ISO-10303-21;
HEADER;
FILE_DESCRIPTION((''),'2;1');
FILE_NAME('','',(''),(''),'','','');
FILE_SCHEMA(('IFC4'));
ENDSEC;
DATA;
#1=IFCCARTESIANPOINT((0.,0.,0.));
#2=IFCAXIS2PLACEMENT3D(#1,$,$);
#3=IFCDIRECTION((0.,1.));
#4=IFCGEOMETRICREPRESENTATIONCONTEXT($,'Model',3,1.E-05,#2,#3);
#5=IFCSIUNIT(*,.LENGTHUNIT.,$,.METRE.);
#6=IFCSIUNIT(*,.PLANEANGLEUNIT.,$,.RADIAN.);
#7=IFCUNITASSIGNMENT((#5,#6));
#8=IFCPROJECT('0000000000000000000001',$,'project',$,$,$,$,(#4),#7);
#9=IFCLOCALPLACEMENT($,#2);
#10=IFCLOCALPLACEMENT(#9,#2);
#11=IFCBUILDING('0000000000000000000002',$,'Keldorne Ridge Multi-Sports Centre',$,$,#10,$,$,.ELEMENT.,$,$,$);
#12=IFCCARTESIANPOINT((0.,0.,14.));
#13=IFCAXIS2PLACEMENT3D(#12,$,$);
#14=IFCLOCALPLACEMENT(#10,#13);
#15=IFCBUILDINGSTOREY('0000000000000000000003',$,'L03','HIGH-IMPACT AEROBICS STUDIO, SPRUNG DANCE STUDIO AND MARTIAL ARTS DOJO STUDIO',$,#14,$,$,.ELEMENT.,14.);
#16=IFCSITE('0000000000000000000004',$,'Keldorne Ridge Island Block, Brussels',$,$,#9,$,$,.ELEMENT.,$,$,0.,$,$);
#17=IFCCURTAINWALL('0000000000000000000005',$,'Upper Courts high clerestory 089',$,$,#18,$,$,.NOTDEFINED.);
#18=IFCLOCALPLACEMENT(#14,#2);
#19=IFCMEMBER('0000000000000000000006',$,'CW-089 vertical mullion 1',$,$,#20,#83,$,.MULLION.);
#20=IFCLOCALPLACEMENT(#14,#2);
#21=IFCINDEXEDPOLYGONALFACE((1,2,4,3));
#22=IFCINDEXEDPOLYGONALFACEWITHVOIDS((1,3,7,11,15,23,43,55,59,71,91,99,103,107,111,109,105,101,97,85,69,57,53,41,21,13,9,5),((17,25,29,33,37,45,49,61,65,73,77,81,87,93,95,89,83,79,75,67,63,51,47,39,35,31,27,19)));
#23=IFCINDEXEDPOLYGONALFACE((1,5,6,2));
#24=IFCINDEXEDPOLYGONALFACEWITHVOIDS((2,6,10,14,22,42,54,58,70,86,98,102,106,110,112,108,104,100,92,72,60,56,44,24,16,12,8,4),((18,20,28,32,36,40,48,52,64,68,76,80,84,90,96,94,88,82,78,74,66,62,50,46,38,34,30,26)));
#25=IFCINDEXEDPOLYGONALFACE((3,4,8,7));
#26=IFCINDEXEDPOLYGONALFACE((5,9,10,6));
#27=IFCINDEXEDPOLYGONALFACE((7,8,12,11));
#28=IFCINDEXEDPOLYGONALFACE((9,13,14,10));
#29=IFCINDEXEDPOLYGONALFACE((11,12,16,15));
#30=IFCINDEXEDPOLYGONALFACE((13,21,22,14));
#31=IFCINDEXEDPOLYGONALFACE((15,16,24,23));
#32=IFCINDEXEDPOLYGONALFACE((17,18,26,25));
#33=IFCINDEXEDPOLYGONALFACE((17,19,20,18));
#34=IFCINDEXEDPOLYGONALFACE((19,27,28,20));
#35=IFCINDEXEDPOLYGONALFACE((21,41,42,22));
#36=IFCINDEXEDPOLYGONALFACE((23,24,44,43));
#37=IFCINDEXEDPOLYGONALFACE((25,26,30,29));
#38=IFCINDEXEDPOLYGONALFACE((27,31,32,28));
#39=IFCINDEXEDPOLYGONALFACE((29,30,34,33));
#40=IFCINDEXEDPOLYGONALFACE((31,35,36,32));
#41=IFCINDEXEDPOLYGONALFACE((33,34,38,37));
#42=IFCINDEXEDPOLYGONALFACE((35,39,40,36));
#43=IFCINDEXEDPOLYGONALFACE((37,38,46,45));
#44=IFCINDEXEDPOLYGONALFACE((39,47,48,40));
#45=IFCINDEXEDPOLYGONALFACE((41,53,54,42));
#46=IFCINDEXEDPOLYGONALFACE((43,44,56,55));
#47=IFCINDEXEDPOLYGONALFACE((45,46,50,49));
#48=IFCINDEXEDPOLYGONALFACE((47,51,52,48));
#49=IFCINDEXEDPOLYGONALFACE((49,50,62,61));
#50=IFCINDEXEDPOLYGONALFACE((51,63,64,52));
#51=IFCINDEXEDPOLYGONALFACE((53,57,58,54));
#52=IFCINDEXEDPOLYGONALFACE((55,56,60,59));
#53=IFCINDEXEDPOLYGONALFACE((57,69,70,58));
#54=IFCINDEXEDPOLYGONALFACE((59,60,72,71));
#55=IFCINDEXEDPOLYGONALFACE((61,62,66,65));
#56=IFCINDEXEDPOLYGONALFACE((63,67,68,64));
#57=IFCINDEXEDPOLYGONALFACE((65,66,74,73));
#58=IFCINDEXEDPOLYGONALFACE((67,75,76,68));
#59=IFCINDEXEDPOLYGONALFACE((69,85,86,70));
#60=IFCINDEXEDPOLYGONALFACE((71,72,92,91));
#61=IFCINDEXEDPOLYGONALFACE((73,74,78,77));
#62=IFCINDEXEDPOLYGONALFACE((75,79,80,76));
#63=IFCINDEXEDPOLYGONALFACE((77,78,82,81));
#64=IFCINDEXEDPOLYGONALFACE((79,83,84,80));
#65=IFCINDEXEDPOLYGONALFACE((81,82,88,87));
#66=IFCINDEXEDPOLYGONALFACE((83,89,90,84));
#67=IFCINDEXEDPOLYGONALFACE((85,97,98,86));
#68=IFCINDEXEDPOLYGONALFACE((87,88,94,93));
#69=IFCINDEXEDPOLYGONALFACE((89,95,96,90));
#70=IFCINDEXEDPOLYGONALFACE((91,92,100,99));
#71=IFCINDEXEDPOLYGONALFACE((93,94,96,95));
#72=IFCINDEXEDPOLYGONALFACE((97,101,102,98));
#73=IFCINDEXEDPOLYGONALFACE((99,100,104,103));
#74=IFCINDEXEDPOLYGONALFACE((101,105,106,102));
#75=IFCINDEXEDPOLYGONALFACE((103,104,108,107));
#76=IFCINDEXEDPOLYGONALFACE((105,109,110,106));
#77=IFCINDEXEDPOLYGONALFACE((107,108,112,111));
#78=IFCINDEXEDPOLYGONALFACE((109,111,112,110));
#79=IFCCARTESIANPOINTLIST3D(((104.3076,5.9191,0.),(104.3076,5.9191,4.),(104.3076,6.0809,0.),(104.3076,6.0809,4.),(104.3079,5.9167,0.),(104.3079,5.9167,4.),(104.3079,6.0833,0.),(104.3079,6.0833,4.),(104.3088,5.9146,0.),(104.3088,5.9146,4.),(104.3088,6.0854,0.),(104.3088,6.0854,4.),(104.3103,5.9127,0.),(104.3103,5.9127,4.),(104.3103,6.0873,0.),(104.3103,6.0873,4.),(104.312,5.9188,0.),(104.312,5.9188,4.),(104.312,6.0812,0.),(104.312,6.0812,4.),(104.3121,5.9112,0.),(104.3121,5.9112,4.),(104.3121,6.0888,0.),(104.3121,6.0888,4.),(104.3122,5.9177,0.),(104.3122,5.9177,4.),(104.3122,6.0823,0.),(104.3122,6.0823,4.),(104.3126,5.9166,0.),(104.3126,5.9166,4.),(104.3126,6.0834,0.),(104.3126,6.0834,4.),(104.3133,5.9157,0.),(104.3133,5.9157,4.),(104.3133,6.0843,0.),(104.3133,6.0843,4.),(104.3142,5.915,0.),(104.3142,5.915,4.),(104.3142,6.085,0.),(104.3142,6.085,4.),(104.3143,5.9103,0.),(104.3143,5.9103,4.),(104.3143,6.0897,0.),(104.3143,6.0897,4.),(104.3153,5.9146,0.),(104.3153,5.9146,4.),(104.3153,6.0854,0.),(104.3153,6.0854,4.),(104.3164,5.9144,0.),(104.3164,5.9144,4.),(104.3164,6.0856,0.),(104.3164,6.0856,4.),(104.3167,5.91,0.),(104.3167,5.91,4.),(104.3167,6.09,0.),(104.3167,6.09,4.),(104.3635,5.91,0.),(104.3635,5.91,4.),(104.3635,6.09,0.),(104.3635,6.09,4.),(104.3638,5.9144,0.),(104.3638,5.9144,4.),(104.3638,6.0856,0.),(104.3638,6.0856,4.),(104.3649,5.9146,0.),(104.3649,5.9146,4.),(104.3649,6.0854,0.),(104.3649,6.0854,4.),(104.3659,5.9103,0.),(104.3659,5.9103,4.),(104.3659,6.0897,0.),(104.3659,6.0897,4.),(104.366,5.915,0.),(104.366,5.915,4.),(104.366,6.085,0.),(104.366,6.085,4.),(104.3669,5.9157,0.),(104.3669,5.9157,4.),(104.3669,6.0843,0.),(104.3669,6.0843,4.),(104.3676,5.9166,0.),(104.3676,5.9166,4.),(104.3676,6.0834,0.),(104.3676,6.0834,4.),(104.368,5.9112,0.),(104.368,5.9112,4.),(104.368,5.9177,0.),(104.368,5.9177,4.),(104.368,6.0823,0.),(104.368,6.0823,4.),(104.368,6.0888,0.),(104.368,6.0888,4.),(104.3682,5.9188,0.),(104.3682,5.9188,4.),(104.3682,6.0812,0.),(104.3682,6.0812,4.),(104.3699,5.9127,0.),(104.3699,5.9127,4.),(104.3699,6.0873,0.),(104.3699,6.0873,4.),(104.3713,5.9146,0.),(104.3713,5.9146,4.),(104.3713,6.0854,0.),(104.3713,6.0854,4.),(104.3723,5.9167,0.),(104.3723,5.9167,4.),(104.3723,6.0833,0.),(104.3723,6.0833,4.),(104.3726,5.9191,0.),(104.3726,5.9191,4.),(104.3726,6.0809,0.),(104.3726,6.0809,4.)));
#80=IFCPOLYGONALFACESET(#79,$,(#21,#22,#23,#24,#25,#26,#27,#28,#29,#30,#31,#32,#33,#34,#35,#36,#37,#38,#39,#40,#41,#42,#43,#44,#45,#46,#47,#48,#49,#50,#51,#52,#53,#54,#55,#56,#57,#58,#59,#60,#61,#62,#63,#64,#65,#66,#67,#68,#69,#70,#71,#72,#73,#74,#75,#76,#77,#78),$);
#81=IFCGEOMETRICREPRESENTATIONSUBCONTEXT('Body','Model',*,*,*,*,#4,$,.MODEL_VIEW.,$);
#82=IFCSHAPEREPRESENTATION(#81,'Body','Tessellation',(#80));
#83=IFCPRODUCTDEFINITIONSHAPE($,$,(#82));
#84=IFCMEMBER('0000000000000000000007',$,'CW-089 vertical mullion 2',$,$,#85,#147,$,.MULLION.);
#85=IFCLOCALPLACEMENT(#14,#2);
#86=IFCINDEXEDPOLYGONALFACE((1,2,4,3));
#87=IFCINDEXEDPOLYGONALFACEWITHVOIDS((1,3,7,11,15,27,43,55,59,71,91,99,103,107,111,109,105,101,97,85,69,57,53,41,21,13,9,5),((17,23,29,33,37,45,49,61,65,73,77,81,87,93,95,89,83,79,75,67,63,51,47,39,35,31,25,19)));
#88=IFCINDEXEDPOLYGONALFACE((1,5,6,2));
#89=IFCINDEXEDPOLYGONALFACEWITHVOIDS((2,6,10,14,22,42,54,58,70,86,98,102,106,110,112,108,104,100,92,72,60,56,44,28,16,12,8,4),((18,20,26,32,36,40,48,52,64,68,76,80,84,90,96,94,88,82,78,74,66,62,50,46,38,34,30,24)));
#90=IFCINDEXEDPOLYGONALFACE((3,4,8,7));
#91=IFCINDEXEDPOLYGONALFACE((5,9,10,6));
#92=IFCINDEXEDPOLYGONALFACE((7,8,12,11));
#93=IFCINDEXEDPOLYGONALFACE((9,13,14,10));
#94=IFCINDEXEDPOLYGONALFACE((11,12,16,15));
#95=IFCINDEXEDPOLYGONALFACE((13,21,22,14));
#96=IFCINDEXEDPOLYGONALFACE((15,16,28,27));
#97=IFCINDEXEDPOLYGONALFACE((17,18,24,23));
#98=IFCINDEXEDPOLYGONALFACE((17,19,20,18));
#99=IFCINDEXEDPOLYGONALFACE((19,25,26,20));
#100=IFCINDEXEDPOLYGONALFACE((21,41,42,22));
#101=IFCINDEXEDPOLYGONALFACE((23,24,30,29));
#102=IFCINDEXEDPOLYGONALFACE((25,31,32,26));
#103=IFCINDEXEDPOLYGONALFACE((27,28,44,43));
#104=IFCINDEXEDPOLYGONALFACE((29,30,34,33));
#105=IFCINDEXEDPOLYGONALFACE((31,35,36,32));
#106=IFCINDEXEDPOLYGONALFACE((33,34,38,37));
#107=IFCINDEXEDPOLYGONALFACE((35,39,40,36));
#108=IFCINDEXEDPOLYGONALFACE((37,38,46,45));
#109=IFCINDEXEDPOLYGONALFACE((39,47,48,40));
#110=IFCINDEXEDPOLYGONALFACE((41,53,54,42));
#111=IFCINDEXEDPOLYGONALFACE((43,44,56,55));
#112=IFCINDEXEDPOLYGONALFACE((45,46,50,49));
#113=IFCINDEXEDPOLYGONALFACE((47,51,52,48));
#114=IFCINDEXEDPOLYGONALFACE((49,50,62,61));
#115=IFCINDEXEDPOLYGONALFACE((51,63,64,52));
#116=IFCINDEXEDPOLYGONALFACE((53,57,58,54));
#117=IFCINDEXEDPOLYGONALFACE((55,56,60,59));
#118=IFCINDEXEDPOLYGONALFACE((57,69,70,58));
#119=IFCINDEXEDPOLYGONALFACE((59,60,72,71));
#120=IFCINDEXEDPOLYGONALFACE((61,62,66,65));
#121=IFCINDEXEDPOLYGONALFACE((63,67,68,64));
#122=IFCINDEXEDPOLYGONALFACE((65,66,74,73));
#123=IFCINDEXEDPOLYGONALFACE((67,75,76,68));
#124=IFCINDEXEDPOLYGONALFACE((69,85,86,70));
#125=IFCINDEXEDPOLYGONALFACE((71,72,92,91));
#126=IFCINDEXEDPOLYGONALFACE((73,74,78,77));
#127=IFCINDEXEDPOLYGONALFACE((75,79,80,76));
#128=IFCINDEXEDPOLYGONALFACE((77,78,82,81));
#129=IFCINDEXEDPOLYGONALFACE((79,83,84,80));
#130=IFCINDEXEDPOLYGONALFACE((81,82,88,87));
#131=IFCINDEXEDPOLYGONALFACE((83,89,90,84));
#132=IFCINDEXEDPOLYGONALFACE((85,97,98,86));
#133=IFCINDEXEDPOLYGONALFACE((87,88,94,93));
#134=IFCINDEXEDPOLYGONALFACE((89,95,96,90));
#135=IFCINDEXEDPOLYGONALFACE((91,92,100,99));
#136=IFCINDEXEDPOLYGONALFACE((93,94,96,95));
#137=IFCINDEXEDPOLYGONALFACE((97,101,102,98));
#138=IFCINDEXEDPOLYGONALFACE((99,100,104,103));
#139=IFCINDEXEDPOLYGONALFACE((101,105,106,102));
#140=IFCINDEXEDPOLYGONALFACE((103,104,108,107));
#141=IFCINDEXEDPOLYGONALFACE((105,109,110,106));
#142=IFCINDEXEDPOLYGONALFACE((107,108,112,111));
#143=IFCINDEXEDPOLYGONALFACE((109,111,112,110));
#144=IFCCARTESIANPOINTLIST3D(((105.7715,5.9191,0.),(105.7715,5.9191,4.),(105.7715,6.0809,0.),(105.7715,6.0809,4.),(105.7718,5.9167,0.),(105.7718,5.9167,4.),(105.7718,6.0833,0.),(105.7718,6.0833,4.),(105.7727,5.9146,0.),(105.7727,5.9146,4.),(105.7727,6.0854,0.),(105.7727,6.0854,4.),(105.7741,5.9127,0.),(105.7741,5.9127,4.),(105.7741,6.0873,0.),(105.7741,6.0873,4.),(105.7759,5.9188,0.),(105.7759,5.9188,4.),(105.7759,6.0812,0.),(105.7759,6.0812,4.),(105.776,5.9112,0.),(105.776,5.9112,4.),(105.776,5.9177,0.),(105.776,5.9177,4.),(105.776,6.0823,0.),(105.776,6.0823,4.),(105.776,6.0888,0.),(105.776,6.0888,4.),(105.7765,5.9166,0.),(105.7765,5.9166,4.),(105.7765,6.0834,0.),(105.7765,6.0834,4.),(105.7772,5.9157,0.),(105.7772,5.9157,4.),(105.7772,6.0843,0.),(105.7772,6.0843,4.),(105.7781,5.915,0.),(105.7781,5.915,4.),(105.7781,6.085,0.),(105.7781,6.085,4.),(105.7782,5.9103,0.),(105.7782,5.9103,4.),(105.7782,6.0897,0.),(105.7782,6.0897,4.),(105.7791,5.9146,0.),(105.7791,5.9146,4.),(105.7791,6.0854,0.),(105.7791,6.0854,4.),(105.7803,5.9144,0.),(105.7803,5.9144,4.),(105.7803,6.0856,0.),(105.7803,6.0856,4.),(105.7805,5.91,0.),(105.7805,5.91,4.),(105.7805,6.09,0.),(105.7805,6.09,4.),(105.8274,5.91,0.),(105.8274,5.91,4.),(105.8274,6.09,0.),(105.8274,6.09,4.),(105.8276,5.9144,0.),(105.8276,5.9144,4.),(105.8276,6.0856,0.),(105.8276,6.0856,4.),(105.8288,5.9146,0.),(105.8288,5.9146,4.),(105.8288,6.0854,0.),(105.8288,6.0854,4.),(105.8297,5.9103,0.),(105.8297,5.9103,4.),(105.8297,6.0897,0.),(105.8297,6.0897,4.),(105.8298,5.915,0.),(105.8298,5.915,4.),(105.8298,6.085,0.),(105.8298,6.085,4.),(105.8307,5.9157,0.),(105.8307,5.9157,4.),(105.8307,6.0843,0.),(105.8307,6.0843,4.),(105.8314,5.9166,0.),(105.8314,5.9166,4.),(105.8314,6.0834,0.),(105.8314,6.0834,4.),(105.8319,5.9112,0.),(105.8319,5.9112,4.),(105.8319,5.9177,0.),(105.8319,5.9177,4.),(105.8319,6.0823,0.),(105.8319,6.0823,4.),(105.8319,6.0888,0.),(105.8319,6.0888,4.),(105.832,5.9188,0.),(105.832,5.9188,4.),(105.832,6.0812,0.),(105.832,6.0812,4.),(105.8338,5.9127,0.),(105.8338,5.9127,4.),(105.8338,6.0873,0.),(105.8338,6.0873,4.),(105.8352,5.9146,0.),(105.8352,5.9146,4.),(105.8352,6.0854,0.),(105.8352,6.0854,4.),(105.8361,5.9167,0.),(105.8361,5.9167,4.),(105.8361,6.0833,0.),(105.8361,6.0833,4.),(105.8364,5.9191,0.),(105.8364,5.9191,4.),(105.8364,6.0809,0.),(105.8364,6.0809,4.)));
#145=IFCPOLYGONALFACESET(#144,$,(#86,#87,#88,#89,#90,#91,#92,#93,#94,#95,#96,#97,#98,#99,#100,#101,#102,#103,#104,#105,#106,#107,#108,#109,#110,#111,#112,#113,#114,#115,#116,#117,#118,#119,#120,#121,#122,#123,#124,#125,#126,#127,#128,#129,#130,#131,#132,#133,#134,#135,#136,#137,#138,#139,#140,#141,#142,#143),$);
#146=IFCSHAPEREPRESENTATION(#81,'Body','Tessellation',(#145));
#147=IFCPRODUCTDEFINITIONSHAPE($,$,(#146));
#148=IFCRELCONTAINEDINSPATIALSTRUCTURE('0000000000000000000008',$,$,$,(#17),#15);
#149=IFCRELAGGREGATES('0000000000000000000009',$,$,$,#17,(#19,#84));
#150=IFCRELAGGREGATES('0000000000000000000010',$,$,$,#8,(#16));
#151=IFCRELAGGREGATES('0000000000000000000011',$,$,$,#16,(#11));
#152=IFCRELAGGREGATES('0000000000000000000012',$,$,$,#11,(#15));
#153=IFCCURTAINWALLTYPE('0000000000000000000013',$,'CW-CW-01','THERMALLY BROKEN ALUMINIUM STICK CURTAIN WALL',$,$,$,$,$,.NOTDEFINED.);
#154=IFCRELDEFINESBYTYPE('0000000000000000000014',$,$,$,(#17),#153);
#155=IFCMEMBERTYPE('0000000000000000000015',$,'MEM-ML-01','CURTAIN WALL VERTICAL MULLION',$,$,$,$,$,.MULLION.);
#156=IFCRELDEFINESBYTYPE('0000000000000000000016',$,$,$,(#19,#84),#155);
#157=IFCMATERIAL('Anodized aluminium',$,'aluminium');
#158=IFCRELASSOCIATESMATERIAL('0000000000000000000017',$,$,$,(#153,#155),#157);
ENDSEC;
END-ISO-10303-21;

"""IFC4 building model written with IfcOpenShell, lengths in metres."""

from ifc_helpers import new_model, si_unit, direction, frame, origin, origin_2d, place, context, subcontext, project, spatial, hollow_rectangle, extrude, material, material_profile, profile_set, type_object, element, aggregate, save


model = new_model("IFC4")

# Units and contexts
model_context = context("Model", 3, precision=1e-05, world=origin(), true_north=direction((0.0, 1.0)))
body_context = subcontext(model_context, "Body", "Model", "MODEL_VIEW")
ifc_project = project(units=[si_unit("LENGTHUNIT", "METRE"), si_unit("PLANEANGLEUNIT", "RADIAN")], contexts=[model_context])

# Site, building, storey
site_placement = place(None, origin())
site = spatial("IfcSite", under=ifc_project, at=site_placement, Name="Keldorne Ridge Island Block, Brussels", CompositionType="ELEMENT", RefElevation=0.0)
building_placement = place(site_placement, origin())
building = spatial("IfcBuilding", under=site, at=building_placement, Name="Keldorne Ridge Multi-Sports Centre", CompositionType="ELEMENT")
storey_placement = place(building_placement, frame((0.0, 0.0, 14.0)))
storey = spatial("IfcBuildingStorey", under=building, at=storey_placement, Name="L03", Description="HIGH-IMPACT AEROBICS STUDIO, SPRUNG DANCE STUDIO AND MARTIAL ARTS DOJO STUDIO", CompositionType="ELEMENT", Elevation=14.0)

# Curtain wall, members
ifc_material_1 = material(Name="Anodized aluminium", Category="aluminium")
curtain_wall_type = type_object("IfcCurtainWallType", Name="CW-CW-01", Description="THERMALLY BROKEN ALUMINIUM STICK CURTAIN WALL", PredefinedType="NOTDEFINED", material=ifc_material_1)
curtain_wall_placement = place(storey_placement, origin())
curtain_wall = element("IfcCurtainWall", 1, at=curtain_wall_placement, inside=storey, type_object=curtain_wall_type, Name="Upper Courts high clerestory 089", PredefinedType="NOTDEFINED")
ifc_material_profile_1 = material_profile(ifc_material_1, hollow_rectangle(XDim=0.0649, YDim=0.1799, WallThickness=0.0044, InnerFilletRadius=0.0044, OuterFilletRadius=0.009, at=origin_2d()), Name="ALU MULLION 180x65x4.5")
ifc_profile_set_1 = profile_set([ifc_material_profile_1], Name="Anodized aluminium")
member_type_1 = type_object("IfcMemberType", Name="MEM-ML-01", Description="CURTAIN WALL VERTICAL MULLION", PredefinedType="MULLION", material=ifc_profile_set_1)
member_1_placement = place(storey_placement, frame((104.3401, 6.0, 0.0), z_axis=(0.0, 0.0, 1.0), x_axis=(1.0, 0.0, 0.0)))
member_1 = element("IfcMember", 2, at=member_1_placement, type_object=member_type_1, Name="CW-089 vertical mullion 1", PredefinedType="MULLION", context=body_context, shape_type="SweptSolid", body=[
    extrude(hollow_rectangle(XDim=0.0649, YDim=0.1799, WallThickness=0.0044, InnerFilletRadius=0.0044, OuterFilletRadius=0.009, at=origin_2d()), origin(), (0.0, 0.0, 1.0), 4.0),
])
member_2_placement = place(storey_placement, frame((105.804, 6.0, 0.0), z_axis=(0.0, 0.0, 1.0), x_axis=(1.0, 0.0, 0.0)))
member_2 = element("IfcMember", 3, at=member_2_placement, type_object=member_type_1, Name="CW-089 vertical mullion 2", PredefinedType="MULLION", context=body_context, shape_type="SweptSolid", body=[
    extrude(hollow_rectangle(XDim=0.0649, YDim=0.1799, WallThickness=0.0044, InnerFilletRadius=0.0044, OuterFilletRadius=0.009, at=origin_2d()), origin(), (0.0, 0.0, 1.0), 4.0),
])
aggregate(curtain_wall, [member_1, member_2])

save(model, "model.ifc")
